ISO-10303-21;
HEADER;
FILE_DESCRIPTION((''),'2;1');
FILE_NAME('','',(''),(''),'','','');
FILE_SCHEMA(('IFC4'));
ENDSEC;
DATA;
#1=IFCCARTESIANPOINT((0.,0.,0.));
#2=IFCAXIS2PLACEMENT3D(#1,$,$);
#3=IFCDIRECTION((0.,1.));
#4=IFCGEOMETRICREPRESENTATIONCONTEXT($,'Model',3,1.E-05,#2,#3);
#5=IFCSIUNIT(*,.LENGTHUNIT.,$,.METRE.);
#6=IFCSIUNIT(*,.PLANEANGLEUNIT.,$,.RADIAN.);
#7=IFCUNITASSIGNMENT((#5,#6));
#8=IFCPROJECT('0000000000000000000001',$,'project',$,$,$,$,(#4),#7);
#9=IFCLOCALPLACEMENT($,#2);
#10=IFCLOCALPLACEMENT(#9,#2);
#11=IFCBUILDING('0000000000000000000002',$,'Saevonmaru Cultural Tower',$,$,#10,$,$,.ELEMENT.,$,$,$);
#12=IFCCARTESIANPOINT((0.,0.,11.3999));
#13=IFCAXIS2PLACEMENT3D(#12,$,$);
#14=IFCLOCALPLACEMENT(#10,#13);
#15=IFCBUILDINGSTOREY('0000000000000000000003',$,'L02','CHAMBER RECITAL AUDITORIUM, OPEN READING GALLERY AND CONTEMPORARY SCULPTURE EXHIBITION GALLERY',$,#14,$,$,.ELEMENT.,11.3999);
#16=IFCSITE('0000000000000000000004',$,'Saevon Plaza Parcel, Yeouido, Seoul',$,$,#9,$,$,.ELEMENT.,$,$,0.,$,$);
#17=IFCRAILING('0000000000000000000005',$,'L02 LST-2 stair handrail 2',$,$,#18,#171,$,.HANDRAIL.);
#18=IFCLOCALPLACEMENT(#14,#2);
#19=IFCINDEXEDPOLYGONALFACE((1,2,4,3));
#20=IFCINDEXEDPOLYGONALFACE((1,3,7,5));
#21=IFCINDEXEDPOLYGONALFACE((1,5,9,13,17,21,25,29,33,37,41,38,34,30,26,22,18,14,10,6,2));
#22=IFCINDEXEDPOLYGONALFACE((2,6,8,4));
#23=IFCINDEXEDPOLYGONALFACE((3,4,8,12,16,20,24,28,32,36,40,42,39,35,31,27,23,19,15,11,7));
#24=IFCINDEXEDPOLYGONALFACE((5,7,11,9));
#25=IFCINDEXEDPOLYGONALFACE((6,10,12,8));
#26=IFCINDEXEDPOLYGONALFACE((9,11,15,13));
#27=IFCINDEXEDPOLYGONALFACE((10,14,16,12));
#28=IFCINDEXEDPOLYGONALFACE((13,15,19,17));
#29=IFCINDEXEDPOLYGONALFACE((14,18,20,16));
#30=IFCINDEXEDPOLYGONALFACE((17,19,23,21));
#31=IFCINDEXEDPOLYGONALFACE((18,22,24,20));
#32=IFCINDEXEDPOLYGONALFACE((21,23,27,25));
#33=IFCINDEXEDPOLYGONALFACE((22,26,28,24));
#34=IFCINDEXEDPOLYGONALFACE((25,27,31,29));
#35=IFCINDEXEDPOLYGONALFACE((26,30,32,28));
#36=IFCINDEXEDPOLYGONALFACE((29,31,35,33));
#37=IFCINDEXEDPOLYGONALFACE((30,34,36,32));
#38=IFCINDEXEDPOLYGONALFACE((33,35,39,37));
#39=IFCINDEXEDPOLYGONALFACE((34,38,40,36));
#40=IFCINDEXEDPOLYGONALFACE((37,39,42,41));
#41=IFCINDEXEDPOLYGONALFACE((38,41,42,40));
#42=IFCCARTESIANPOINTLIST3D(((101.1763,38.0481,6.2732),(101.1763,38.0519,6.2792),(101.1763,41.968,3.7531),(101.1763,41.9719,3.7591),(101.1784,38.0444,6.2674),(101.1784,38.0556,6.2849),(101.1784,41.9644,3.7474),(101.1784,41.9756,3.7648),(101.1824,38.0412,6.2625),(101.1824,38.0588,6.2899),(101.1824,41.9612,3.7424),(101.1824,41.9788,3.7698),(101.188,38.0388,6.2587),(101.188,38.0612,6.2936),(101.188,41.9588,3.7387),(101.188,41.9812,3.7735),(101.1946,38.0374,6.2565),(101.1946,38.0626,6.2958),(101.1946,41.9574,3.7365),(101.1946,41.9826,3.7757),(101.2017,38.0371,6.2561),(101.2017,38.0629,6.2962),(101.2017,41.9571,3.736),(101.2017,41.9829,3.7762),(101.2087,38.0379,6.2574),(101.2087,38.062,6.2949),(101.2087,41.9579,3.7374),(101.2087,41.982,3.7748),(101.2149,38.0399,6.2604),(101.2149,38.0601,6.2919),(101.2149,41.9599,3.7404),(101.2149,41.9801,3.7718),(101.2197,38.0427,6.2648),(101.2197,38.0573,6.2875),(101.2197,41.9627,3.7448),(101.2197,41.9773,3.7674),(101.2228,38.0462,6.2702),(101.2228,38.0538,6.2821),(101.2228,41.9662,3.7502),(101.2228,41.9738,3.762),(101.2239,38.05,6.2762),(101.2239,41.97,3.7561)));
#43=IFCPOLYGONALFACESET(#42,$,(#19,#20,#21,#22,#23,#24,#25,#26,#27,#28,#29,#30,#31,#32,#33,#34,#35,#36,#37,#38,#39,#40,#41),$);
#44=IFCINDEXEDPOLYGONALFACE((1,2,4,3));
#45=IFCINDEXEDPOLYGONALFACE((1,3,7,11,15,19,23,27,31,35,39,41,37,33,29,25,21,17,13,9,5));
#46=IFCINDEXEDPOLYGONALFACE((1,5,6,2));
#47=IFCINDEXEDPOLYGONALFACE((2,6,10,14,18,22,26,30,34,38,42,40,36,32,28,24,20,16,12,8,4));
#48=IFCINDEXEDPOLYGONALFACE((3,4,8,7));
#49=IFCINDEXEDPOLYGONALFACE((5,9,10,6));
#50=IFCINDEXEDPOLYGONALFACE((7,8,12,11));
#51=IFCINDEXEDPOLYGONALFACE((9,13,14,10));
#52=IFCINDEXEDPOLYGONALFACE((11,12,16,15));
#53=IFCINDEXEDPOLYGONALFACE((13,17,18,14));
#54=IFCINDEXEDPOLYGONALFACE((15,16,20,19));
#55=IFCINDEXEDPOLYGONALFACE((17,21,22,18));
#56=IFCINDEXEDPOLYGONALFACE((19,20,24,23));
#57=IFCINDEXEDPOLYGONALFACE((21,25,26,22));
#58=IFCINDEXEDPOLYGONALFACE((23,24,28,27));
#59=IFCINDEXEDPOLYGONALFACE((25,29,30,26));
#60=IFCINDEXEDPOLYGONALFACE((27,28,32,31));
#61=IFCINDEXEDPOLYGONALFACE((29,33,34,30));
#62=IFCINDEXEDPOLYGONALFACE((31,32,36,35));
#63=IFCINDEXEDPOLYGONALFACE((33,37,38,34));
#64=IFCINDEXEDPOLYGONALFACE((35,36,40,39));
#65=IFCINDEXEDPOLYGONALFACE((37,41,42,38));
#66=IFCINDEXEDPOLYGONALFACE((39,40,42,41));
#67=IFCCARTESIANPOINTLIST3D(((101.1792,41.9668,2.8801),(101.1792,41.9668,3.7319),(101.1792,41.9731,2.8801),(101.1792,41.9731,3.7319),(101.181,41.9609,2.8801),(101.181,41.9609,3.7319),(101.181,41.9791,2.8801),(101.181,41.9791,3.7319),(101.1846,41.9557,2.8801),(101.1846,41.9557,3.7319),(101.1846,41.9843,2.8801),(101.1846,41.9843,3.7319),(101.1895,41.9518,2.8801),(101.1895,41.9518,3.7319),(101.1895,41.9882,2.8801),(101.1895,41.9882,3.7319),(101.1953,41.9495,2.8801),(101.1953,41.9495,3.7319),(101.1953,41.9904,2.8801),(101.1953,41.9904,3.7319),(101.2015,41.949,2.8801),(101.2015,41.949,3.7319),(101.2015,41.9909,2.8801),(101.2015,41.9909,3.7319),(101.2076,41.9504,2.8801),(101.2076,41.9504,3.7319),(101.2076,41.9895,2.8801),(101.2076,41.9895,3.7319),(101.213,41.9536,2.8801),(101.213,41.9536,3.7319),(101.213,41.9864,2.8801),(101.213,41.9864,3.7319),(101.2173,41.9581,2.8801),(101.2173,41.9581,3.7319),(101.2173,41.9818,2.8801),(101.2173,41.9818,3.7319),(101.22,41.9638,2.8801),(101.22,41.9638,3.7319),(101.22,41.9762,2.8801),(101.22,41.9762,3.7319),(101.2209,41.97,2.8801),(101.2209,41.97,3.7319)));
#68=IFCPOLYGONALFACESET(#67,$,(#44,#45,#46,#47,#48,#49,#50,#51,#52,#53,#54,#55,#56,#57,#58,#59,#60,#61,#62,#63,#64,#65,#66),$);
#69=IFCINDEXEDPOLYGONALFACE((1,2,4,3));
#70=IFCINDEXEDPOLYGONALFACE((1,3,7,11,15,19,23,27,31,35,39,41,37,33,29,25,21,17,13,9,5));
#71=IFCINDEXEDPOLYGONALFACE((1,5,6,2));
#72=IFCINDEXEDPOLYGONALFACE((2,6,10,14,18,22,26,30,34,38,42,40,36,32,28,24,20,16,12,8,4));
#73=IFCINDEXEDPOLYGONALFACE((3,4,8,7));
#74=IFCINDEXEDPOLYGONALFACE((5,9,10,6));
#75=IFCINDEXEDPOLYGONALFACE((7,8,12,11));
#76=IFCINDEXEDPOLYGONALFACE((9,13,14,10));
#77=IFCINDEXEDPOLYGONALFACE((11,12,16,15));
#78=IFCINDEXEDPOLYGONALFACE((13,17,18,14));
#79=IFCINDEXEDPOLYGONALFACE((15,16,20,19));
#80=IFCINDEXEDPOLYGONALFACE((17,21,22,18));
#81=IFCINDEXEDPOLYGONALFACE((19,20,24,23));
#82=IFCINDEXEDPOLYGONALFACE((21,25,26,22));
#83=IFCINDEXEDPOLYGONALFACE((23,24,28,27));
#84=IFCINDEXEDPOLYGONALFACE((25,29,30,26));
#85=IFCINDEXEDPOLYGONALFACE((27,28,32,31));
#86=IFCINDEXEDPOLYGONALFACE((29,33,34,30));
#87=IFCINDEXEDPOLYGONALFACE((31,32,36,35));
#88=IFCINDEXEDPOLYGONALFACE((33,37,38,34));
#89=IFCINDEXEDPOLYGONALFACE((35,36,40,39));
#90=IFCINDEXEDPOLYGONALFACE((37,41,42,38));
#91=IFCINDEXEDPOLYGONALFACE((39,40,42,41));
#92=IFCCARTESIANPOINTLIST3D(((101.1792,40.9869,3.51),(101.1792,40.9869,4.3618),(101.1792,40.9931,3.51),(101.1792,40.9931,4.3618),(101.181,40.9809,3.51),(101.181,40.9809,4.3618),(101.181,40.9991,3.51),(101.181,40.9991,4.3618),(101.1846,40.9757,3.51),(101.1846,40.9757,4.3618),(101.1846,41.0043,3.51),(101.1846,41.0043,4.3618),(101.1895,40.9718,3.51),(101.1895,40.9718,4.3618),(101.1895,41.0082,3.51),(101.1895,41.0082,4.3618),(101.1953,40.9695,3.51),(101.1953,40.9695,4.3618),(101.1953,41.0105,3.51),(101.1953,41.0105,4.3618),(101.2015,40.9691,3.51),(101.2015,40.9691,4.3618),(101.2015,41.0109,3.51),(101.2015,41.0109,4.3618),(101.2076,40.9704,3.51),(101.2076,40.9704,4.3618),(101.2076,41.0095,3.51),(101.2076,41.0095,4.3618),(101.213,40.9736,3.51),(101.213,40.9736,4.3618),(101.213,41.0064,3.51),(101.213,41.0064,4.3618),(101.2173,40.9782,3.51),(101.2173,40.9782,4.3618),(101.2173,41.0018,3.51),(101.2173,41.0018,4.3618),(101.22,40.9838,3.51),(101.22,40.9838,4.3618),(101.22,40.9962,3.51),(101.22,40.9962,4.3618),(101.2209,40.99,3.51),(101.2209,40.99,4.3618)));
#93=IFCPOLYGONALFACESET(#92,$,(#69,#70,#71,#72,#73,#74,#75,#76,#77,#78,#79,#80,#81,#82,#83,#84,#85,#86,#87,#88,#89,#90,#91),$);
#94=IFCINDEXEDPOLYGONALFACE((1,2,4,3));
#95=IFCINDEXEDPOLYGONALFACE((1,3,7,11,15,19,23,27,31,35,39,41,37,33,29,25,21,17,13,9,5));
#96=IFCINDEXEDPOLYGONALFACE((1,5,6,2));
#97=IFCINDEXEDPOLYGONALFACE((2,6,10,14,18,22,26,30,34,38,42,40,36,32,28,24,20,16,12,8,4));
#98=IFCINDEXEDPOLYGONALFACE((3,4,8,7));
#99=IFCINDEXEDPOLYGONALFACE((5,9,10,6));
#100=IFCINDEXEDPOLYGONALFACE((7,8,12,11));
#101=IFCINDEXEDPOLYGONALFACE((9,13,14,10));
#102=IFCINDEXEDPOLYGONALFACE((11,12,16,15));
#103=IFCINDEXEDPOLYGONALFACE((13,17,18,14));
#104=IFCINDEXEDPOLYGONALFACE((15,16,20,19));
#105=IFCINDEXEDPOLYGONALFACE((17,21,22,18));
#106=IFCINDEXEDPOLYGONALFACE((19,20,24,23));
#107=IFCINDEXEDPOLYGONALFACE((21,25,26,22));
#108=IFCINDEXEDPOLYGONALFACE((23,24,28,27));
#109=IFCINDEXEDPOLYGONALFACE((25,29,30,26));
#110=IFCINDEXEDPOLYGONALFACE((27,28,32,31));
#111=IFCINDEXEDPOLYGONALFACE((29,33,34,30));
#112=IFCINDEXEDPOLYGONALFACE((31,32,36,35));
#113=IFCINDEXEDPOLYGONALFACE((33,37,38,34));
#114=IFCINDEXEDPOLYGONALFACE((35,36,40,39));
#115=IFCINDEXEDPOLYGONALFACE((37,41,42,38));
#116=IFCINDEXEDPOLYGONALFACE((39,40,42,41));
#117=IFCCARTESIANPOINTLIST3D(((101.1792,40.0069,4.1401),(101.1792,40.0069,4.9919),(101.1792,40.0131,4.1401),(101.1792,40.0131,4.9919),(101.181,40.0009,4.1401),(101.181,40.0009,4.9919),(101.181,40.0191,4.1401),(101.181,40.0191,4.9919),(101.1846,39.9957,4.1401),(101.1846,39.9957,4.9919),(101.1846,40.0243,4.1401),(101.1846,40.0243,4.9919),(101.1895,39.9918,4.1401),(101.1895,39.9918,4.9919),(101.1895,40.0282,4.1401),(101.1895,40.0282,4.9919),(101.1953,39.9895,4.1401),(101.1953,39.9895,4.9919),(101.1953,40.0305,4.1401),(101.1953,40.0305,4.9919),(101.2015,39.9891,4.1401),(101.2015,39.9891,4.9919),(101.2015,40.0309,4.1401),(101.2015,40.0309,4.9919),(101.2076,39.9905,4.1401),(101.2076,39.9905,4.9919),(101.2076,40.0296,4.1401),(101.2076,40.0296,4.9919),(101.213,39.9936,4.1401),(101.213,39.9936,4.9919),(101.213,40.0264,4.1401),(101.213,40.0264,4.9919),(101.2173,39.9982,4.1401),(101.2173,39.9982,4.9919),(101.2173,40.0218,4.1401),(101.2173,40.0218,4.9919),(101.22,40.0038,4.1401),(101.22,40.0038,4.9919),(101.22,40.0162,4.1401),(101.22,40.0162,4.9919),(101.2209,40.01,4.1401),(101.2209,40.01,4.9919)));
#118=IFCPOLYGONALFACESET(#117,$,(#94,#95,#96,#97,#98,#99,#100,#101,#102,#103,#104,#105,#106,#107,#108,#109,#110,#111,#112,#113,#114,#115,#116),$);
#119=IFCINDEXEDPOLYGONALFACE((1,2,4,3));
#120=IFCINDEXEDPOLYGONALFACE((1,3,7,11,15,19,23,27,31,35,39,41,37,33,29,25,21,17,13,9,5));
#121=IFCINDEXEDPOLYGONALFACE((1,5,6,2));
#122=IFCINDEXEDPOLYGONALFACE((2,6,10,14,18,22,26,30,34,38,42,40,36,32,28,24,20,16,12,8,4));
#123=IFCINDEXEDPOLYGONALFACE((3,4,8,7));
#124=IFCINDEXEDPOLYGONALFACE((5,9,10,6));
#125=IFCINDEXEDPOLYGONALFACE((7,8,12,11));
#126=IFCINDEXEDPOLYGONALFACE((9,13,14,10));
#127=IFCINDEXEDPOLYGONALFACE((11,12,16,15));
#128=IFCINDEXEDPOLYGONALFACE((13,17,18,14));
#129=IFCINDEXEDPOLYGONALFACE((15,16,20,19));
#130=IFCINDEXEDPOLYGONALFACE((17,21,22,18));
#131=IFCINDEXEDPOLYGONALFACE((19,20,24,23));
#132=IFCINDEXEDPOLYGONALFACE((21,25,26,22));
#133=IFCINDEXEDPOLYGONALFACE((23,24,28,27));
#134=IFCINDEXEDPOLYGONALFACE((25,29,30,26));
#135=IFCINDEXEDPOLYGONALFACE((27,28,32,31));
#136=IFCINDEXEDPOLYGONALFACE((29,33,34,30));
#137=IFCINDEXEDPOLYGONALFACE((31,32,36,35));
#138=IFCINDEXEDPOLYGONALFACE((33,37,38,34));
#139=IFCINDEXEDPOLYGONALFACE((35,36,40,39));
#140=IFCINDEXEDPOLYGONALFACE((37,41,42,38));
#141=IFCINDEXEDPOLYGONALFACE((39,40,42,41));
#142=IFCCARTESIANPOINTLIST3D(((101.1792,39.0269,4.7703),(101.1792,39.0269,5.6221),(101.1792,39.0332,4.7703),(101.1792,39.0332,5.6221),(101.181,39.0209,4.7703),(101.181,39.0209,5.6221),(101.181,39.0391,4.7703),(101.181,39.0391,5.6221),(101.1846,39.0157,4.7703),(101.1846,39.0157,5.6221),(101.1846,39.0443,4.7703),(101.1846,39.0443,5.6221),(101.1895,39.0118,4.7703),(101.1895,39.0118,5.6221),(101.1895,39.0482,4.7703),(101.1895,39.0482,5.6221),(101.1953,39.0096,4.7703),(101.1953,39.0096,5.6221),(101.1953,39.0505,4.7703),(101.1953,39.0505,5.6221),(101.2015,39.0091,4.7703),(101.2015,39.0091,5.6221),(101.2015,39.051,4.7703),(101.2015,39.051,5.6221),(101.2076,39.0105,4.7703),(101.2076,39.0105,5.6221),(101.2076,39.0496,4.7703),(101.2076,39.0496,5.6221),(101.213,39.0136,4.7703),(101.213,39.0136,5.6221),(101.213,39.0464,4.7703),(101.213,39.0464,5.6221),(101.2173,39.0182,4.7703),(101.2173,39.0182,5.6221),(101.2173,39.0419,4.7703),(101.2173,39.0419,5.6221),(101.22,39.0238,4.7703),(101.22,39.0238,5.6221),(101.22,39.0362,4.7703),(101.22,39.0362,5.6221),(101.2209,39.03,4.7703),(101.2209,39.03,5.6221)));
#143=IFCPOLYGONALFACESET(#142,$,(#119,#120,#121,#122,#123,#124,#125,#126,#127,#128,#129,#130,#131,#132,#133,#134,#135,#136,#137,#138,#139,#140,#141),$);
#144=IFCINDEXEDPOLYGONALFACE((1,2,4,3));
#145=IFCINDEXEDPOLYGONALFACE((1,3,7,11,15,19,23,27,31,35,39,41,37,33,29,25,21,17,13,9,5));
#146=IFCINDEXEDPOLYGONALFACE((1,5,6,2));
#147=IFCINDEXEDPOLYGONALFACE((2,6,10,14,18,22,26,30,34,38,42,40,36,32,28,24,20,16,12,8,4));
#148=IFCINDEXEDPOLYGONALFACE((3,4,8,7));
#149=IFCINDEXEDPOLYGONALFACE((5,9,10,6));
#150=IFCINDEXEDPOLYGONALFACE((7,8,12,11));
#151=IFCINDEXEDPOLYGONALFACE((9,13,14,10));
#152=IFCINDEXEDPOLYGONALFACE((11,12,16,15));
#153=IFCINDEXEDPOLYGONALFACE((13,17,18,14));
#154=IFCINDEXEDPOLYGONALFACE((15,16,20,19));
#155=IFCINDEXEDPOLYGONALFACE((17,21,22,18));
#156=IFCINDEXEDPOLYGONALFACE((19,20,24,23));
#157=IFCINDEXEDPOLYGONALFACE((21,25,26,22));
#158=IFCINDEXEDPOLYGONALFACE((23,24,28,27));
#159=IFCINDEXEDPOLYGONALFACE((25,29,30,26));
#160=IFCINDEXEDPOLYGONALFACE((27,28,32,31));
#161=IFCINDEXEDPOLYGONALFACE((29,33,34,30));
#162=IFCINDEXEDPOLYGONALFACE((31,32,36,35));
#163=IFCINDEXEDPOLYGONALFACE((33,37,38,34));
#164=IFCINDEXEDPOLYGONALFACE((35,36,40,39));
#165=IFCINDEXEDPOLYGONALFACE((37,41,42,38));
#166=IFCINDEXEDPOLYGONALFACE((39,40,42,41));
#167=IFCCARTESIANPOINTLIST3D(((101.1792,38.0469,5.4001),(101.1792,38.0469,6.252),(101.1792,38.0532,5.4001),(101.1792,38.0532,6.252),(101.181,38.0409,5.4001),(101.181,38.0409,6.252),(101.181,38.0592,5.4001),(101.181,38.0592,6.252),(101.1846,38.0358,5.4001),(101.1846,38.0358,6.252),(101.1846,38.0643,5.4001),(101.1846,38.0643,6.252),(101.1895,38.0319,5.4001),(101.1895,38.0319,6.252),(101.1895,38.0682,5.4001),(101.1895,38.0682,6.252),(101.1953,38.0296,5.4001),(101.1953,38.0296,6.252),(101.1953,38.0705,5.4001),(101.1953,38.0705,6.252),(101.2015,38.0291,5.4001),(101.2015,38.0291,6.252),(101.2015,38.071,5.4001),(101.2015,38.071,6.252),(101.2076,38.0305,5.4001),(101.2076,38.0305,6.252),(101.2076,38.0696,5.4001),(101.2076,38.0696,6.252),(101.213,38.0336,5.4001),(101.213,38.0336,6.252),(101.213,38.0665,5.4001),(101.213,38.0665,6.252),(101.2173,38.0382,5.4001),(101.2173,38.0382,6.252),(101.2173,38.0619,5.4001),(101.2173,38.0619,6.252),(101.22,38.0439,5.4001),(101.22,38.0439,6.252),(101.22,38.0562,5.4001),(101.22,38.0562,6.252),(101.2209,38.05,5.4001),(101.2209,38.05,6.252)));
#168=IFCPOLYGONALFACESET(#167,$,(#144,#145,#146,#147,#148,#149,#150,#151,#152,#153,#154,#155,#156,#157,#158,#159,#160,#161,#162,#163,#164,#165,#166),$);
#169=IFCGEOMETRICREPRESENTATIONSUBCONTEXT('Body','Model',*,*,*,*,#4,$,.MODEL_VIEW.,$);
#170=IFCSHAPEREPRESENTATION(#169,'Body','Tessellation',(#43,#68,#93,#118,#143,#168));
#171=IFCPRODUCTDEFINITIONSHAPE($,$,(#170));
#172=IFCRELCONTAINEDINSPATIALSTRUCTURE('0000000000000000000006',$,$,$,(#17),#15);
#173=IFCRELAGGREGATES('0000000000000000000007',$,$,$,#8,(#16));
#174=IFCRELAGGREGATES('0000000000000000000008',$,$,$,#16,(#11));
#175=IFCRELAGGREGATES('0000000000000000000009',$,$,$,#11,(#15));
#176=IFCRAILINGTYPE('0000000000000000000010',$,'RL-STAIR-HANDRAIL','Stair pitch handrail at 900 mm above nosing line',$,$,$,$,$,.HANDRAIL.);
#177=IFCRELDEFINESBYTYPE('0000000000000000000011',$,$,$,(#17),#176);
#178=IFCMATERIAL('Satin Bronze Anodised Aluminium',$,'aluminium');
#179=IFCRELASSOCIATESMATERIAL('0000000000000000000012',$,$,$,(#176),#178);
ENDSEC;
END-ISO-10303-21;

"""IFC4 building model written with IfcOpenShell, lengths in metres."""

from ifc_helpers import new_model, si_unit, direction, frame, origin, origin_2d, place, context, subcontext, project, spatial, circle, extrude, material, type_object, element, save


model = new_model("IFC4")

# Units and contexts
model_context = context("Model", 3, precision=1e-05, world=origin(), true_north=direction((0.0, 1.0)))
body_context = subcontext(model_context, "Body", "Model", "MODEL_VIEW")
ifc_project = project(units=[si_unit("LENGTHUNIT", "METRE"), si_unit("PLANEANGLEUNIT", "RADIAN")], contexts=[model_context])

# Site, building, storey
site_placement = place(None, origin())
site = spatial("IfcSite", under=ifc_project, at=site_placement, Name="Saevon Plaza Parcel, Yeouido, Seoul", CompositionType="ELEMENT", RefElevation=0.0)
building_placement = place(site_placement, origin())
building = spatial("IfcBuilding", under=site, at=building_placement, Name="Saevonmaru Cultural Tower", CompositionType="ELEMENT")
storey_placement = place(building_placement, frame((0.0, 0.0, 11.3999)))
storey = spatial("IfcBuildingStorey", under=building, at=storey_placement, Name="L02", Description="CHAMBER RECITAL AUDITORIUM, OPEN READING GALLERY AND CONTEMPORARY SCULPTURE EXHIBITION GALLERY", CompositionType="ELEMENT", Elevation=11.3999)

# Shared definitions
ifc_material_1 = material(Name="Satin Bronze Anodised Aluminium", Category="aluminium")

# Railing
railing_type_1 = type_object("IfcRailingType", Name="RL-STAIR-HANDRAIL", Description="Stair pitch handrail at 900 mm above nosing line", PredefinedType="HANDRAIL", material=ifc_material_1)
railing_1_placement = place(storey_placement, frame((101.2, 41.97, 2.8801)))
element("IfcRailing", 1, at=railing_1_placement, inside=storey, type_object=railing_type_1, Name="L02 LST-2 stair handrail 2", PredefinedType="HANDRAIL", context=body_context, shape_type="SweptSolid", body=[
    extrude(circle(Radius=0.0239, at=origin_2d()), frame((0.0, 0.0, 0.876), z_axis=(0.0, -0.841172, 0.540768), x_axis=(1.0, 0.0, 0.0)), (0.0, 0.0, 1.0), 4.6602),
    extrude(circle(Radius=0.021, at=origin_2d()), origin(), (0.0, 0.0, 1.0), 0.8518),
    extrude(circle(Radius=0.021, at=origin_2d()), frame((0.0, -0.98, 0.6299)), (0.0, 0.0, 1.0), 0.8518),
    extrude(circle(Radius=0.021, at=origin_2d()), frame((0.0, -1.96, 1.26)), (0.0, 0.0, 1.0), 0.8518),
    extrude(circle(Radius=0.021, at=origin_2d()), frame((0.0, -2.9399, 1.8901)), (0.0, 0.0, 1.0), 0.8518),
    extrude(circle(Radius=0.021, at=origin_2d()), frame((0.0, -3.9199, 2.52)), (0.0, 0.0, 1.0), 0.8518),
])

save(model, "model.ifc")
